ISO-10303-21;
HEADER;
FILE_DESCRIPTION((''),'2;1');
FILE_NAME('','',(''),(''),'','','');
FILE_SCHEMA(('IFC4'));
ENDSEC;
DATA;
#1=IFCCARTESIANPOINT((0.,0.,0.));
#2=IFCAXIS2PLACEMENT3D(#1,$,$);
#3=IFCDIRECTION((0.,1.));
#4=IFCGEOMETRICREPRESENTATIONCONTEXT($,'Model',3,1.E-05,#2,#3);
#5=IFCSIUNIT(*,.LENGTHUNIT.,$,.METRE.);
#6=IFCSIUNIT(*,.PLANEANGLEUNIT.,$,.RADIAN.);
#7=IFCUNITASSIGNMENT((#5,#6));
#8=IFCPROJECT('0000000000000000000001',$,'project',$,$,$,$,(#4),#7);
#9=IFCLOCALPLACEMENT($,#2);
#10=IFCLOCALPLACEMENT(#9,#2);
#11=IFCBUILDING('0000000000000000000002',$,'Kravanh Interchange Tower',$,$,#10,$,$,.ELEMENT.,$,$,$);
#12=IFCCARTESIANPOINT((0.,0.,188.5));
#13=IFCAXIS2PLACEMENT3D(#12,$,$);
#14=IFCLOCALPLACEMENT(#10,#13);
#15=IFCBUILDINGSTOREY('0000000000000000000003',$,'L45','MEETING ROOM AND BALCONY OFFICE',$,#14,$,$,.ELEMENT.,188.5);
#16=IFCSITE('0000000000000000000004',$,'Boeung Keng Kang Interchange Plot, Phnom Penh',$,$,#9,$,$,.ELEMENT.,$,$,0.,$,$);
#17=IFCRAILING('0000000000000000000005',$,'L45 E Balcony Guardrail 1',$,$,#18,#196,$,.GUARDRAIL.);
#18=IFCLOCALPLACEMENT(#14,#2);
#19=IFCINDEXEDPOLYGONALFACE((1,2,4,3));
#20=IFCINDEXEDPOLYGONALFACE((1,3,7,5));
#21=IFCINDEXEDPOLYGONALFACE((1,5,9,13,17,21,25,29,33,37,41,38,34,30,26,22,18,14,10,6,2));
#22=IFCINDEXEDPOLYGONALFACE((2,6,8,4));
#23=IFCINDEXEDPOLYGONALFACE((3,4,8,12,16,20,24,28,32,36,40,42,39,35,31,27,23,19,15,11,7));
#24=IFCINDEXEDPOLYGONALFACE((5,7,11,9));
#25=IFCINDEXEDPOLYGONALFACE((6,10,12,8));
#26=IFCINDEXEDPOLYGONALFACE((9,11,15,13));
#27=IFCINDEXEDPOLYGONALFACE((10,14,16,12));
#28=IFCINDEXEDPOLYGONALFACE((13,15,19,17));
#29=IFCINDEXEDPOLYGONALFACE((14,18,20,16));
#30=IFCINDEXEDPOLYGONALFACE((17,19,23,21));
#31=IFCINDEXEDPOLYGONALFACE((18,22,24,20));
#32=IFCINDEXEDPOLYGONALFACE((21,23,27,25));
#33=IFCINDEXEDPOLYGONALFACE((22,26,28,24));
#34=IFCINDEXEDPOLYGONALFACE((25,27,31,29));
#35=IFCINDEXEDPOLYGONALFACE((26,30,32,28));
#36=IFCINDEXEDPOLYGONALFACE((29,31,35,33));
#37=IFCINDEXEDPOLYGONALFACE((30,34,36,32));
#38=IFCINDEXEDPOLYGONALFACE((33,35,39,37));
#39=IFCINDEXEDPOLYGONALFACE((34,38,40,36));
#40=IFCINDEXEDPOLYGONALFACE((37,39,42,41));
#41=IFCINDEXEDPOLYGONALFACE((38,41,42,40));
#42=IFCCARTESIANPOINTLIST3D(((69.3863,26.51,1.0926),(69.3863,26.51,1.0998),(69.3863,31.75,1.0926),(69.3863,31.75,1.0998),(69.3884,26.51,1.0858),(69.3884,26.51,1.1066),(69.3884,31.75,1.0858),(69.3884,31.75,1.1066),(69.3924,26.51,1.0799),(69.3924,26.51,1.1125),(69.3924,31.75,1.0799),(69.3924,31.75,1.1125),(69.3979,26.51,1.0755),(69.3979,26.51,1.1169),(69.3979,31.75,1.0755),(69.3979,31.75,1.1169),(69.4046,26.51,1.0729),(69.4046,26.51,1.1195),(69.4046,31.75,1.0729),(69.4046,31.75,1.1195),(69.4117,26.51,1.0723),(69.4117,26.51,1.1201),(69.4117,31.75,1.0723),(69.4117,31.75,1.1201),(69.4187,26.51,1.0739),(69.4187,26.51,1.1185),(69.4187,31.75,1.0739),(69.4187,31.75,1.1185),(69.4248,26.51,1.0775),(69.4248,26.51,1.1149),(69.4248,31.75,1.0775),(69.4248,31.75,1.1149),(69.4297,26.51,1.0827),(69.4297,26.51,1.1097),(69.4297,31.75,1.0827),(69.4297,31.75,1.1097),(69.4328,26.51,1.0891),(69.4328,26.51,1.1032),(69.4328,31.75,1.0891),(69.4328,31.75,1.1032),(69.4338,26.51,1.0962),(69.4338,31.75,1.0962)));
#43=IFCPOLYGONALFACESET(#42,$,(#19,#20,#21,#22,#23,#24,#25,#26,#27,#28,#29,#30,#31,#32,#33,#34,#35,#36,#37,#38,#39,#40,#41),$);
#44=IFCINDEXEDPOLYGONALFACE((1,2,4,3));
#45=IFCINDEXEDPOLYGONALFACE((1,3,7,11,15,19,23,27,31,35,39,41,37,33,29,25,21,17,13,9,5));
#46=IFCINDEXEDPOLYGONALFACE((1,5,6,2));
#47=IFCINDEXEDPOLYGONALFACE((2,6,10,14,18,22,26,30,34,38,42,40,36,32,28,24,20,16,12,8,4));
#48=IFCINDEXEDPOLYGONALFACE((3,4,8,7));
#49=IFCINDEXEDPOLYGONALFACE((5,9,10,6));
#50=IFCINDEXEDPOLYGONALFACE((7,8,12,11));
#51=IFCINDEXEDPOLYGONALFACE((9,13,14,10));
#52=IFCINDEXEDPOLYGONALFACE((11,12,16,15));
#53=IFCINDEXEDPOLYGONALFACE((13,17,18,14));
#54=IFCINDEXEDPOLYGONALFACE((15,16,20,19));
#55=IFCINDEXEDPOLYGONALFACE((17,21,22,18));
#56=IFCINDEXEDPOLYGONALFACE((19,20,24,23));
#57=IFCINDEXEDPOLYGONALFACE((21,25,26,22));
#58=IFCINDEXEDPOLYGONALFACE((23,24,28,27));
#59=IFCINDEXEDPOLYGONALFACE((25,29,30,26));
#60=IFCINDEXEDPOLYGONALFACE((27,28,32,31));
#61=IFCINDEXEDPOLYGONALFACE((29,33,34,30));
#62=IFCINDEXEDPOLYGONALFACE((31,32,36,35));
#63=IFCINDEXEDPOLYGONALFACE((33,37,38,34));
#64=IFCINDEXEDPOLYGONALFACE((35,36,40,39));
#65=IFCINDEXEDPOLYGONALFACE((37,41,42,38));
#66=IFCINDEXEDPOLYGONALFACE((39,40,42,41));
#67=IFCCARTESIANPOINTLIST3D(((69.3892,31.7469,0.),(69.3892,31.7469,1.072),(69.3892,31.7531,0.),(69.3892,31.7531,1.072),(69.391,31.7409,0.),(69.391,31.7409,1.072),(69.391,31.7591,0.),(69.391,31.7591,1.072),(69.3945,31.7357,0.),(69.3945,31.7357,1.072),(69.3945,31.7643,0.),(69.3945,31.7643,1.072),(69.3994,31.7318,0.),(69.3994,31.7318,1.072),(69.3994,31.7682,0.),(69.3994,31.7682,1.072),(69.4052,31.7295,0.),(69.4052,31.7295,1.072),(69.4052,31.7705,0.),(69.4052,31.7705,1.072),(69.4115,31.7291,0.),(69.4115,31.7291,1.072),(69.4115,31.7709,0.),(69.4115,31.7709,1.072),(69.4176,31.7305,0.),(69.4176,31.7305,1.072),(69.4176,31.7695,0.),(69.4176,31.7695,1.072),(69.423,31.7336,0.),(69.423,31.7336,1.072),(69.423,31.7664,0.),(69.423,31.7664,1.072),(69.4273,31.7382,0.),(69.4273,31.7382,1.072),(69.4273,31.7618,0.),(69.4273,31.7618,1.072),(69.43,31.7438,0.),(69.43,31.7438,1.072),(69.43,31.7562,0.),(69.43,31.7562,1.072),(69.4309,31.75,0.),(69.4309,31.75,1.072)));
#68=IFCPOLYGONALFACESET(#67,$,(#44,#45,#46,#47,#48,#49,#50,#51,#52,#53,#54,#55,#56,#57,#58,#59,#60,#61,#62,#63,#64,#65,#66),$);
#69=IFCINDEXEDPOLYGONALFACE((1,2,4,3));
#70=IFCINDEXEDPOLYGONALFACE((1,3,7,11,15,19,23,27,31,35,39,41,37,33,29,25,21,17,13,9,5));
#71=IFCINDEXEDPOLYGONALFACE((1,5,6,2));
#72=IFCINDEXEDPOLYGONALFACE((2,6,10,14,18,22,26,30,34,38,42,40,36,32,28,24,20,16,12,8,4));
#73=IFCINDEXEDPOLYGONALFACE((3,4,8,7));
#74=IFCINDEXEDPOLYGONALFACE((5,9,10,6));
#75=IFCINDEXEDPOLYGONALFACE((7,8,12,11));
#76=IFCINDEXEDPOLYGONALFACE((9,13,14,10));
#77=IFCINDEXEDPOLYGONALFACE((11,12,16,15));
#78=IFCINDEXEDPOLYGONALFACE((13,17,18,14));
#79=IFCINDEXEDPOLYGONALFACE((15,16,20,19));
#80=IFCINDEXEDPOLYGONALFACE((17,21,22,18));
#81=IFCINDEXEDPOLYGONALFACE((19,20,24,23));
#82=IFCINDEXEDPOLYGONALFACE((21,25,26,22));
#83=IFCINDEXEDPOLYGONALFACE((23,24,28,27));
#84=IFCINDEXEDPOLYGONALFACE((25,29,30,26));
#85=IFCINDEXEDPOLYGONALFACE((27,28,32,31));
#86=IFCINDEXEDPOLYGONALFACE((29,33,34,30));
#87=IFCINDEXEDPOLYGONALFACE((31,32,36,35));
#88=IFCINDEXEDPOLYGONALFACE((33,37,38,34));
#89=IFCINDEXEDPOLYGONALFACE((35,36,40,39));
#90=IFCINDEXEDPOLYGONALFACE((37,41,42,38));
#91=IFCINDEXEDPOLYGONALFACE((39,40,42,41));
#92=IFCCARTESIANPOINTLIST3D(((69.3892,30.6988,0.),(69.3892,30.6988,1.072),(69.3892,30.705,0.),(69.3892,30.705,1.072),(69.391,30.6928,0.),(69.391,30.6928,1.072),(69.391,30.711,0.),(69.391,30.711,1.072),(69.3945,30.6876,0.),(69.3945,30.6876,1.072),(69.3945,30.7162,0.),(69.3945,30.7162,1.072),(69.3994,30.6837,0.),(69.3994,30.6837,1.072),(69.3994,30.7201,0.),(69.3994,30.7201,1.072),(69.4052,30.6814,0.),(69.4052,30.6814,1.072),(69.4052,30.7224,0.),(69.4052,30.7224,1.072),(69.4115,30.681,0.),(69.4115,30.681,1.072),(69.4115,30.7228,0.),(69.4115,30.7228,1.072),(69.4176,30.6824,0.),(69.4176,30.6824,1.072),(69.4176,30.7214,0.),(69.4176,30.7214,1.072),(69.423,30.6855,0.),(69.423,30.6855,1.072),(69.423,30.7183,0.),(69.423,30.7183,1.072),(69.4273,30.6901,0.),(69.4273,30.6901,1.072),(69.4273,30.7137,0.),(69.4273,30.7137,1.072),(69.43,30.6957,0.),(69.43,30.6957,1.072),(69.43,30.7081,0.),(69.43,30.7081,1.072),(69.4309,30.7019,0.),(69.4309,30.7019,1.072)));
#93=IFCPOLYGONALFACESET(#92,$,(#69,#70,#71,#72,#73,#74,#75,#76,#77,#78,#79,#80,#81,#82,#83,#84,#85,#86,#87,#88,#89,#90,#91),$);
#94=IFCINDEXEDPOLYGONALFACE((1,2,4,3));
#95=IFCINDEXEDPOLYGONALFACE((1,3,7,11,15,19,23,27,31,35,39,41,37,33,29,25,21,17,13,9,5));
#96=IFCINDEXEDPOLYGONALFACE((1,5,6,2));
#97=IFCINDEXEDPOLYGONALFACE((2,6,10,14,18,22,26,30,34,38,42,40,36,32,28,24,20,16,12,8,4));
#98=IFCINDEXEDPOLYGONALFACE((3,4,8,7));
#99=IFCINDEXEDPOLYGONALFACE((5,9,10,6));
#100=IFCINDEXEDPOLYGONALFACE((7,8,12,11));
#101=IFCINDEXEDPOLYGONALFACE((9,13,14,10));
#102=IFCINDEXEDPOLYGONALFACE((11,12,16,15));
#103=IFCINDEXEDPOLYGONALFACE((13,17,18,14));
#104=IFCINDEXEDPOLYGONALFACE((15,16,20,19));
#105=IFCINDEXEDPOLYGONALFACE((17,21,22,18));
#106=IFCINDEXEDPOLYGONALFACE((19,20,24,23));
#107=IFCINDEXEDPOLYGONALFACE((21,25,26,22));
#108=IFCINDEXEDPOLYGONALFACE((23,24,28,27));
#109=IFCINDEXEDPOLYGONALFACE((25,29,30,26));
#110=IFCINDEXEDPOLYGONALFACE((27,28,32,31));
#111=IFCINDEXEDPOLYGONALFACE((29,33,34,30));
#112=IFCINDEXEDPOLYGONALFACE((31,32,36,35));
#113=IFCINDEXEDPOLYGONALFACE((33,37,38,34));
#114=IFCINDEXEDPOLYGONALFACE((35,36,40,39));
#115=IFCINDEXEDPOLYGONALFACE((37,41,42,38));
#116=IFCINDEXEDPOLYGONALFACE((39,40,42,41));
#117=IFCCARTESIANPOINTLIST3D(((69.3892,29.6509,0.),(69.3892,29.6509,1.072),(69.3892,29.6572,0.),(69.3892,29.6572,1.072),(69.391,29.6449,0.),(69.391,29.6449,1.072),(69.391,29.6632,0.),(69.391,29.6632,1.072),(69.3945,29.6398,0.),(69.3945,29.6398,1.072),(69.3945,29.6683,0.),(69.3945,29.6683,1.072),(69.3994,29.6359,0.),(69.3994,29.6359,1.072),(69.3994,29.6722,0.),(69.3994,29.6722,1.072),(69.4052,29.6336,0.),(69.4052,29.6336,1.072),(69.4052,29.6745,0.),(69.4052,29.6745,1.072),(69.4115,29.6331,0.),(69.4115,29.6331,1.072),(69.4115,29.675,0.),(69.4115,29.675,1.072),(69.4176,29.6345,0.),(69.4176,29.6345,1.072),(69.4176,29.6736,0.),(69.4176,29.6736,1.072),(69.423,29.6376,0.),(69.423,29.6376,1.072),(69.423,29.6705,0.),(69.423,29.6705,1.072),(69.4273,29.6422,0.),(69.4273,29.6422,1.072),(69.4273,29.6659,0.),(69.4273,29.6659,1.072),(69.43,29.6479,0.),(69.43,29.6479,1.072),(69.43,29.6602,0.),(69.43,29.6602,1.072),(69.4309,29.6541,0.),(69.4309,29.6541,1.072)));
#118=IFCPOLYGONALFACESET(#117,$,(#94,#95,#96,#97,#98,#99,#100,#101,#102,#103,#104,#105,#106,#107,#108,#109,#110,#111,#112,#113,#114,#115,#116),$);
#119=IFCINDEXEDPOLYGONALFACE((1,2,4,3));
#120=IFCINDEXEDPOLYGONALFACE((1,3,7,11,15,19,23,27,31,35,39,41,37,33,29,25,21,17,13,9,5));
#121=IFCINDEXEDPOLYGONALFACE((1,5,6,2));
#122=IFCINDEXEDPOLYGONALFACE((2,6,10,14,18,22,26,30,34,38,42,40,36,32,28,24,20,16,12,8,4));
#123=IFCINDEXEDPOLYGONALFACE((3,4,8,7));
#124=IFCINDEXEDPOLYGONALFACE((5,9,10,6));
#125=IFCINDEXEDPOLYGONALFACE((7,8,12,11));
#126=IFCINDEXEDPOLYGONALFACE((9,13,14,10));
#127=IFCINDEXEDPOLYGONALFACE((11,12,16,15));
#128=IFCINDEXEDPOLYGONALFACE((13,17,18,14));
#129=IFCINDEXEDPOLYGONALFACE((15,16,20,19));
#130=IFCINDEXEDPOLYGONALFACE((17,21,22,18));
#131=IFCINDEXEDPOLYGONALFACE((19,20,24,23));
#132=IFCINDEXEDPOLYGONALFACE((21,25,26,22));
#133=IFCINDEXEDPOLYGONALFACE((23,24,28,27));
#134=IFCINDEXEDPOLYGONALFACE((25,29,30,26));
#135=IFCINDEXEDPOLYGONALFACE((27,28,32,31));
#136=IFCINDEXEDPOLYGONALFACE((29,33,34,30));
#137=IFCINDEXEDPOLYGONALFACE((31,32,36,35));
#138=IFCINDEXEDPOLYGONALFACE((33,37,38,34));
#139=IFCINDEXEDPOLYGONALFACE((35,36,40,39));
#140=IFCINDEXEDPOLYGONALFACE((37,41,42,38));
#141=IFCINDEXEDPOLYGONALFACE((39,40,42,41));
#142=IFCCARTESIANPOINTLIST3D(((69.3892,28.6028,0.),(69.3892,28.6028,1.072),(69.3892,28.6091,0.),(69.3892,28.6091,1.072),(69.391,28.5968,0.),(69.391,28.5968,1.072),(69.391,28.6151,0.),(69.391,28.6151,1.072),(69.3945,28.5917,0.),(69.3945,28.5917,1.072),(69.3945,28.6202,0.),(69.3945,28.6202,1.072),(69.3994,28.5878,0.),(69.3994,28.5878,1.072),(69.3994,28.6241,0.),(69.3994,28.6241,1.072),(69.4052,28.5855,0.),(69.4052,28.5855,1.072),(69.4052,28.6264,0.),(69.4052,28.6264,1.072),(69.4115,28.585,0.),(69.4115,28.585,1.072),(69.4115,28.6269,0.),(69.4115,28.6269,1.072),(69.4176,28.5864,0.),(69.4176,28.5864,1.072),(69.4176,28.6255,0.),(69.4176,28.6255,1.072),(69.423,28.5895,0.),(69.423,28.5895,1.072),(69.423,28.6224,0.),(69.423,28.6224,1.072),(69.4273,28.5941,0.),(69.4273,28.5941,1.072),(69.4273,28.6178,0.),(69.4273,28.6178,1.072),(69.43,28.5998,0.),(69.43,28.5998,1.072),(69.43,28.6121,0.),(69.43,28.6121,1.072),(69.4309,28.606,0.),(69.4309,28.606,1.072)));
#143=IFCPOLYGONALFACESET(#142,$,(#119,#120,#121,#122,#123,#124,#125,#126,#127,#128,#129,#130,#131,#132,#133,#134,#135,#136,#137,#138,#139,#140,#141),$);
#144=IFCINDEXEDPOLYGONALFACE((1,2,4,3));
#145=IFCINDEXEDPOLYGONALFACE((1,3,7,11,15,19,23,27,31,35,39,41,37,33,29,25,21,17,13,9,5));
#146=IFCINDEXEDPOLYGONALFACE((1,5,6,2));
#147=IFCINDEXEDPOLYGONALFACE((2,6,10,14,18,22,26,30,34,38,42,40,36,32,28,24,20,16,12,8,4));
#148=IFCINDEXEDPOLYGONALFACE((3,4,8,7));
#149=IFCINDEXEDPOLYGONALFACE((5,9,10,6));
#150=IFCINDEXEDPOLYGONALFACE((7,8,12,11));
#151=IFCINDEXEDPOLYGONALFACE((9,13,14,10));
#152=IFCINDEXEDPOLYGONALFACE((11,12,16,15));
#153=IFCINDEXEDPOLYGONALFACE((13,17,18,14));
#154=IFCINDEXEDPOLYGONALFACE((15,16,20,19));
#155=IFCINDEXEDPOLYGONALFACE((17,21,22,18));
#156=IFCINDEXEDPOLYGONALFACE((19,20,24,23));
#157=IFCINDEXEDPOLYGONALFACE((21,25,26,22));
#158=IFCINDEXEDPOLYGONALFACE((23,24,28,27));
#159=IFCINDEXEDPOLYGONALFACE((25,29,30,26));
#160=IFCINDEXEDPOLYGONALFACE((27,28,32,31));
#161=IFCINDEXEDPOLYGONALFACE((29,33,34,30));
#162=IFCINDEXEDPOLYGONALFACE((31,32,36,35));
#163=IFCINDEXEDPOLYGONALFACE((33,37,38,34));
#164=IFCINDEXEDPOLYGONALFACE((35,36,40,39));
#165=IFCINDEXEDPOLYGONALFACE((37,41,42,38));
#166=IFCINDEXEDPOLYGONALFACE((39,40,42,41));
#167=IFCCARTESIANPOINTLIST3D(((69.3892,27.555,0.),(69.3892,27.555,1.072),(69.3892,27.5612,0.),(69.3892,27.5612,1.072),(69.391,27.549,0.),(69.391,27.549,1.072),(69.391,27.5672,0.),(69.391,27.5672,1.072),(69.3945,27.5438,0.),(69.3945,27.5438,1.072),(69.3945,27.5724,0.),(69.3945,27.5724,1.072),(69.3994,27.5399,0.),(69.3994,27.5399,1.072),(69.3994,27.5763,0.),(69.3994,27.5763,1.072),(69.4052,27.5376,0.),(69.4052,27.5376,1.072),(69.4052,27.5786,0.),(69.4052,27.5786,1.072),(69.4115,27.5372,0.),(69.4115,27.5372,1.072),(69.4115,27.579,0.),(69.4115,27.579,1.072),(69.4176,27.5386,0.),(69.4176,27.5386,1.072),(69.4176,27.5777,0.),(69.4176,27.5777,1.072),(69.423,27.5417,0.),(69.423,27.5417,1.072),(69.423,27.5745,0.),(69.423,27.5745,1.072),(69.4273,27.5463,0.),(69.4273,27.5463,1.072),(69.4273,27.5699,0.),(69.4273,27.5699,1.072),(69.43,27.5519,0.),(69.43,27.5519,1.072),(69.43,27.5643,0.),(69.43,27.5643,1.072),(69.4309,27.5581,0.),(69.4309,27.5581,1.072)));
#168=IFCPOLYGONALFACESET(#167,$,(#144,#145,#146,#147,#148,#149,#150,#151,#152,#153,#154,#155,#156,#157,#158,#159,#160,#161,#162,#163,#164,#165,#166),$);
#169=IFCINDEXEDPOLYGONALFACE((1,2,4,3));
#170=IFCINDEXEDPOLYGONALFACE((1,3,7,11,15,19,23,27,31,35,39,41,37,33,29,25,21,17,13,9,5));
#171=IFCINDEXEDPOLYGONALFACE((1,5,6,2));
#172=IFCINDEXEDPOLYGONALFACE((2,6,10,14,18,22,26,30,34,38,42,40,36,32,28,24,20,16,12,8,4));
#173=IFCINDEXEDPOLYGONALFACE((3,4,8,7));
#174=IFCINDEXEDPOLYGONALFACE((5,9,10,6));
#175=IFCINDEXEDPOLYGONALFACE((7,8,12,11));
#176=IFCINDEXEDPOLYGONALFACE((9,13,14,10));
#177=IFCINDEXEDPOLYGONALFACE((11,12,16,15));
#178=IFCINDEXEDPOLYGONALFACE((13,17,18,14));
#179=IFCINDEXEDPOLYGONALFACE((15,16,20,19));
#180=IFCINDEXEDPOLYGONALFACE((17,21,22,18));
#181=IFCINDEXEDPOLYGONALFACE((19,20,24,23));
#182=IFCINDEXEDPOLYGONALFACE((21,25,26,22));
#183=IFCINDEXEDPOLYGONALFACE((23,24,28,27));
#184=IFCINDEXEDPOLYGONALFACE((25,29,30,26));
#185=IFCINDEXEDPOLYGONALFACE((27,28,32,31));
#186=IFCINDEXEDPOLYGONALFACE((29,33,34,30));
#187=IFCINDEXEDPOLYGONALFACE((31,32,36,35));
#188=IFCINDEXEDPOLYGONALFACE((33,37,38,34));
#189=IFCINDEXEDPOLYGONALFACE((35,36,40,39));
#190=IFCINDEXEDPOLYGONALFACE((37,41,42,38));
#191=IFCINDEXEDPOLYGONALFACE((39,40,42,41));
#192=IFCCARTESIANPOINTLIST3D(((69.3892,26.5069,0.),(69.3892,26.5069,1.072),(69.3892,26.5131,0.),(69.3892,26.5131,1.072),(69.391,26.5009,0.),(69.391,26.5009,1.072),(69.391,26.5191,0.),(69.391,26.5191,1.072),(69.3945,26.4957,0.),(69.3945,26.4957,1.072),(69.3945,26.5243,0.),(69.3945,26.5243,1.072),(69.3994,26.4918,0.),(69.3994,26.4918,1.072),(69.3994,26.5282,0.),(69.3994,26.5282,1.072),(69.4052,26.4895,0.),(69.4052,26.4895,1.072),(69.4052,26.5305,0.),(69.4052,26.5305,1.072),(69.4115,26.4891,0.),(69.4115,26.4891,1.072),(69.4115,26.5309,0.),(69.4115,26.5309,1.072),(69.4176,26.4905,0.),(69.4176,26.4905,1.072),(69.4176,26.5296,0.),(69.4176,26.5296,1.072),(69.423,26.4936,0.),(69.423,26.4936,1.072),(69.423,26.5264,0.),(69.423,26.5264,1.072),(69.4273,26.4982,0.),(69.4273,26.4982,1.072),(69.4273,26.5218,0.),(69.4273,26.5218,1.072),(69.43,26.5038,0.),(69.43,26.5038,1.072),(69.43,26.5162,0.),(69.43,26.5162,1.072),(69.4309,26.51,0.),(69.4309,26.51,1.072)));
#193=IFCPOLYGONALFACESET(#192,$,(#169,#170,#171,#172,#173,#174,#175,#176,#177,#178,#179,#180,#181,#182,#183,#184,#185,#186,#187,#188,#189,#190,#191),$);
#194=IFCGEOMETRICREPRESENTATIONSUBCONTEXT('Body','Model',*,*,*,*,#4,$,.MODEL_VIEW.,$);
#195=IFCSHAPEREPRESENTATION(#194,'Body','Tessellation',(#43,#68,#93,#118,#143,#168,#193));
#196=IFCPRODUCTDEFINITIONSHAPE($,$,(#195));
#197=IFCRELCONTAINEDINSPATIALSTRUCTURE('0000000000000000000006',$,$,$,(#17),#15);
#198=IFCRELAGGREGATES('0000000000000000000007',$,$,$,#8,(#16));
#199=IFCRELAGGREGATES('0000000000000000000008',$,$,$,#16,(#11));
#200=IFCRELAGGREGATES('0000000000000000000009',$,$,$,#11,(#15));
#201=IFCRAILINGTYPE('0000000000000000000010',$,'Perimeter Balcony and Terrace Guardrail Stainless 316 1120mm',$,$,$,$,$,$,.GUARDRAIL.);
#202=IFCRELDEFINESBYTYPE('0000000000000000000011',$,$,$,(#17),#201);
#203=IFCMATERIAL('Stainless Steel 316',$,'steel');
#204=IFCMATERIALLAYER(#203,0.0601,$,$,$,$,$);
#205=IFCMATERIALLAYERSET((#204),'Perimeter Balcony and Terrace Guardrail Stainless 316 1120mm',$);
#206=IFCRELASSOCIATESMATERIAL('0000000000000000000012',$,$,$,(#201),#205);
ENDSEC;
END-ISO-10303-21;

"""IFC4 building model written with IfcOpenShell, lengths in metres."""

from ifc_helpers import new_model, si_unit, direction, frame, origin, origin_2d, place, context, subcontext, project, spatial, circle, extrude, material, layer, layer_set, type_object, element, save


model = new_model("IFC4")

# Units and contexts
model_context = context("Model", 3, precision=1e-05, world=origin(), true_north=direction((0.0, 1.0)))
body_context = subcontext(model_context, "Body", "Model", "MODEL_VIEW")
ifc_project = project(units=[si_unit("LENGTHUNIT", "METRE"), si_unit("PLANEANGLEUNIT", "RADIAN")], contexts=[model_context])

# Site, building, storey
site_placement = place(None, origin())
site = spatial("IfcSite", under=ifc_project, at=site_placement, Name="Boeung Keng Kang Interchange Plot, Phnom Penh", CompositionType="ELEMENT", RefElevation=0.0)
building_placement = place(site_placement, origin())
building = spatial("IfcBuilding", under=site, at=building_placement, Name="Kravanh Interchange Tower", CompositionType="ELEMENT")
storey_placement = place(building_placement, frame((0.0, 0.0, 188.5)))
storey = spatial("IfcBuildingStorey", under=building, at=storey_placement, Name="L45", Description="MEETING ROOM AND BALCONY OFFICE", CompositionType="ELEMENT", Elevation=188.5)

# Railing
ifc_material_1 = material(Name="Stainless Steel 316", Category="steel")
ifc_layer_1 = layer(ifc_material_1, 0.0601)
ifc_layer_set_1 = layer_set([ifc_layer_1], Name="Perimeter Balcony and Terrace Guardrail Stainless 316 1120mm")
railing_type_1 = type_object("IfcRailingType", Name="Perimeter Balcony and Terrace Guardrail Stainless 316 1120mm", PredefinedType="GUARDRAIL", material=ifc_layer_set_1)
railing_1_placement = place(storey_placement, frame((69.4099, 31.75, 0.0)))
element("IfcRailing", 1, at=railing_1_placement, inside=storey, type_object=railing_type_1, Name="L45 E Balcony Guardrail 1", PredefinedType="GUARDRAIL", context=body_context, shape_type="SweptSolid", body=[
    extrude(circle(Radius=0.0239, at=origin_2d()), frame((0.0, 0.0, 1.0962), z_axis=(0.0, -1.0, 0.0), x_axis=(1.0, 0.0, 0.0)), (0.0, 0.0, 1.0), 5.24),
    extrude(circle(Radius=0.021, at=origin_2d()), origin(), (0.0, 0.0, 1.0), 1.072),
    extrude(circle(Radius=0.021, at=origin_2d()), frame((0.0, -1.0481, 0.0)), (0.0, 0.0, 1.0), 1.072),
    extrude(circle(Radius=0.021, at=origin_2d()), frame((0.0, -2.0959, 0.0)), (0.0, 0.0, 1.0), 1.072),
    extrude(circle(Radius=0.021, at=origin_2d()), frame((0.0, -3.144, 0.0)), (0.0, 0.0, 1.0), 1.072),
    extrude(circle(Radius=0.021, at=origin_2d()), frame((0.0, -4.1919, 0.0)), (0.0, 0.0, 1.0), 1.072),
    extrude(circle(Radius=0.021, at=origin_2d()), frame((0.0, -5.24, 0.0)), (0.0, 0.0, 1.0), 1.072),
])

save(model, "model.ifc")
